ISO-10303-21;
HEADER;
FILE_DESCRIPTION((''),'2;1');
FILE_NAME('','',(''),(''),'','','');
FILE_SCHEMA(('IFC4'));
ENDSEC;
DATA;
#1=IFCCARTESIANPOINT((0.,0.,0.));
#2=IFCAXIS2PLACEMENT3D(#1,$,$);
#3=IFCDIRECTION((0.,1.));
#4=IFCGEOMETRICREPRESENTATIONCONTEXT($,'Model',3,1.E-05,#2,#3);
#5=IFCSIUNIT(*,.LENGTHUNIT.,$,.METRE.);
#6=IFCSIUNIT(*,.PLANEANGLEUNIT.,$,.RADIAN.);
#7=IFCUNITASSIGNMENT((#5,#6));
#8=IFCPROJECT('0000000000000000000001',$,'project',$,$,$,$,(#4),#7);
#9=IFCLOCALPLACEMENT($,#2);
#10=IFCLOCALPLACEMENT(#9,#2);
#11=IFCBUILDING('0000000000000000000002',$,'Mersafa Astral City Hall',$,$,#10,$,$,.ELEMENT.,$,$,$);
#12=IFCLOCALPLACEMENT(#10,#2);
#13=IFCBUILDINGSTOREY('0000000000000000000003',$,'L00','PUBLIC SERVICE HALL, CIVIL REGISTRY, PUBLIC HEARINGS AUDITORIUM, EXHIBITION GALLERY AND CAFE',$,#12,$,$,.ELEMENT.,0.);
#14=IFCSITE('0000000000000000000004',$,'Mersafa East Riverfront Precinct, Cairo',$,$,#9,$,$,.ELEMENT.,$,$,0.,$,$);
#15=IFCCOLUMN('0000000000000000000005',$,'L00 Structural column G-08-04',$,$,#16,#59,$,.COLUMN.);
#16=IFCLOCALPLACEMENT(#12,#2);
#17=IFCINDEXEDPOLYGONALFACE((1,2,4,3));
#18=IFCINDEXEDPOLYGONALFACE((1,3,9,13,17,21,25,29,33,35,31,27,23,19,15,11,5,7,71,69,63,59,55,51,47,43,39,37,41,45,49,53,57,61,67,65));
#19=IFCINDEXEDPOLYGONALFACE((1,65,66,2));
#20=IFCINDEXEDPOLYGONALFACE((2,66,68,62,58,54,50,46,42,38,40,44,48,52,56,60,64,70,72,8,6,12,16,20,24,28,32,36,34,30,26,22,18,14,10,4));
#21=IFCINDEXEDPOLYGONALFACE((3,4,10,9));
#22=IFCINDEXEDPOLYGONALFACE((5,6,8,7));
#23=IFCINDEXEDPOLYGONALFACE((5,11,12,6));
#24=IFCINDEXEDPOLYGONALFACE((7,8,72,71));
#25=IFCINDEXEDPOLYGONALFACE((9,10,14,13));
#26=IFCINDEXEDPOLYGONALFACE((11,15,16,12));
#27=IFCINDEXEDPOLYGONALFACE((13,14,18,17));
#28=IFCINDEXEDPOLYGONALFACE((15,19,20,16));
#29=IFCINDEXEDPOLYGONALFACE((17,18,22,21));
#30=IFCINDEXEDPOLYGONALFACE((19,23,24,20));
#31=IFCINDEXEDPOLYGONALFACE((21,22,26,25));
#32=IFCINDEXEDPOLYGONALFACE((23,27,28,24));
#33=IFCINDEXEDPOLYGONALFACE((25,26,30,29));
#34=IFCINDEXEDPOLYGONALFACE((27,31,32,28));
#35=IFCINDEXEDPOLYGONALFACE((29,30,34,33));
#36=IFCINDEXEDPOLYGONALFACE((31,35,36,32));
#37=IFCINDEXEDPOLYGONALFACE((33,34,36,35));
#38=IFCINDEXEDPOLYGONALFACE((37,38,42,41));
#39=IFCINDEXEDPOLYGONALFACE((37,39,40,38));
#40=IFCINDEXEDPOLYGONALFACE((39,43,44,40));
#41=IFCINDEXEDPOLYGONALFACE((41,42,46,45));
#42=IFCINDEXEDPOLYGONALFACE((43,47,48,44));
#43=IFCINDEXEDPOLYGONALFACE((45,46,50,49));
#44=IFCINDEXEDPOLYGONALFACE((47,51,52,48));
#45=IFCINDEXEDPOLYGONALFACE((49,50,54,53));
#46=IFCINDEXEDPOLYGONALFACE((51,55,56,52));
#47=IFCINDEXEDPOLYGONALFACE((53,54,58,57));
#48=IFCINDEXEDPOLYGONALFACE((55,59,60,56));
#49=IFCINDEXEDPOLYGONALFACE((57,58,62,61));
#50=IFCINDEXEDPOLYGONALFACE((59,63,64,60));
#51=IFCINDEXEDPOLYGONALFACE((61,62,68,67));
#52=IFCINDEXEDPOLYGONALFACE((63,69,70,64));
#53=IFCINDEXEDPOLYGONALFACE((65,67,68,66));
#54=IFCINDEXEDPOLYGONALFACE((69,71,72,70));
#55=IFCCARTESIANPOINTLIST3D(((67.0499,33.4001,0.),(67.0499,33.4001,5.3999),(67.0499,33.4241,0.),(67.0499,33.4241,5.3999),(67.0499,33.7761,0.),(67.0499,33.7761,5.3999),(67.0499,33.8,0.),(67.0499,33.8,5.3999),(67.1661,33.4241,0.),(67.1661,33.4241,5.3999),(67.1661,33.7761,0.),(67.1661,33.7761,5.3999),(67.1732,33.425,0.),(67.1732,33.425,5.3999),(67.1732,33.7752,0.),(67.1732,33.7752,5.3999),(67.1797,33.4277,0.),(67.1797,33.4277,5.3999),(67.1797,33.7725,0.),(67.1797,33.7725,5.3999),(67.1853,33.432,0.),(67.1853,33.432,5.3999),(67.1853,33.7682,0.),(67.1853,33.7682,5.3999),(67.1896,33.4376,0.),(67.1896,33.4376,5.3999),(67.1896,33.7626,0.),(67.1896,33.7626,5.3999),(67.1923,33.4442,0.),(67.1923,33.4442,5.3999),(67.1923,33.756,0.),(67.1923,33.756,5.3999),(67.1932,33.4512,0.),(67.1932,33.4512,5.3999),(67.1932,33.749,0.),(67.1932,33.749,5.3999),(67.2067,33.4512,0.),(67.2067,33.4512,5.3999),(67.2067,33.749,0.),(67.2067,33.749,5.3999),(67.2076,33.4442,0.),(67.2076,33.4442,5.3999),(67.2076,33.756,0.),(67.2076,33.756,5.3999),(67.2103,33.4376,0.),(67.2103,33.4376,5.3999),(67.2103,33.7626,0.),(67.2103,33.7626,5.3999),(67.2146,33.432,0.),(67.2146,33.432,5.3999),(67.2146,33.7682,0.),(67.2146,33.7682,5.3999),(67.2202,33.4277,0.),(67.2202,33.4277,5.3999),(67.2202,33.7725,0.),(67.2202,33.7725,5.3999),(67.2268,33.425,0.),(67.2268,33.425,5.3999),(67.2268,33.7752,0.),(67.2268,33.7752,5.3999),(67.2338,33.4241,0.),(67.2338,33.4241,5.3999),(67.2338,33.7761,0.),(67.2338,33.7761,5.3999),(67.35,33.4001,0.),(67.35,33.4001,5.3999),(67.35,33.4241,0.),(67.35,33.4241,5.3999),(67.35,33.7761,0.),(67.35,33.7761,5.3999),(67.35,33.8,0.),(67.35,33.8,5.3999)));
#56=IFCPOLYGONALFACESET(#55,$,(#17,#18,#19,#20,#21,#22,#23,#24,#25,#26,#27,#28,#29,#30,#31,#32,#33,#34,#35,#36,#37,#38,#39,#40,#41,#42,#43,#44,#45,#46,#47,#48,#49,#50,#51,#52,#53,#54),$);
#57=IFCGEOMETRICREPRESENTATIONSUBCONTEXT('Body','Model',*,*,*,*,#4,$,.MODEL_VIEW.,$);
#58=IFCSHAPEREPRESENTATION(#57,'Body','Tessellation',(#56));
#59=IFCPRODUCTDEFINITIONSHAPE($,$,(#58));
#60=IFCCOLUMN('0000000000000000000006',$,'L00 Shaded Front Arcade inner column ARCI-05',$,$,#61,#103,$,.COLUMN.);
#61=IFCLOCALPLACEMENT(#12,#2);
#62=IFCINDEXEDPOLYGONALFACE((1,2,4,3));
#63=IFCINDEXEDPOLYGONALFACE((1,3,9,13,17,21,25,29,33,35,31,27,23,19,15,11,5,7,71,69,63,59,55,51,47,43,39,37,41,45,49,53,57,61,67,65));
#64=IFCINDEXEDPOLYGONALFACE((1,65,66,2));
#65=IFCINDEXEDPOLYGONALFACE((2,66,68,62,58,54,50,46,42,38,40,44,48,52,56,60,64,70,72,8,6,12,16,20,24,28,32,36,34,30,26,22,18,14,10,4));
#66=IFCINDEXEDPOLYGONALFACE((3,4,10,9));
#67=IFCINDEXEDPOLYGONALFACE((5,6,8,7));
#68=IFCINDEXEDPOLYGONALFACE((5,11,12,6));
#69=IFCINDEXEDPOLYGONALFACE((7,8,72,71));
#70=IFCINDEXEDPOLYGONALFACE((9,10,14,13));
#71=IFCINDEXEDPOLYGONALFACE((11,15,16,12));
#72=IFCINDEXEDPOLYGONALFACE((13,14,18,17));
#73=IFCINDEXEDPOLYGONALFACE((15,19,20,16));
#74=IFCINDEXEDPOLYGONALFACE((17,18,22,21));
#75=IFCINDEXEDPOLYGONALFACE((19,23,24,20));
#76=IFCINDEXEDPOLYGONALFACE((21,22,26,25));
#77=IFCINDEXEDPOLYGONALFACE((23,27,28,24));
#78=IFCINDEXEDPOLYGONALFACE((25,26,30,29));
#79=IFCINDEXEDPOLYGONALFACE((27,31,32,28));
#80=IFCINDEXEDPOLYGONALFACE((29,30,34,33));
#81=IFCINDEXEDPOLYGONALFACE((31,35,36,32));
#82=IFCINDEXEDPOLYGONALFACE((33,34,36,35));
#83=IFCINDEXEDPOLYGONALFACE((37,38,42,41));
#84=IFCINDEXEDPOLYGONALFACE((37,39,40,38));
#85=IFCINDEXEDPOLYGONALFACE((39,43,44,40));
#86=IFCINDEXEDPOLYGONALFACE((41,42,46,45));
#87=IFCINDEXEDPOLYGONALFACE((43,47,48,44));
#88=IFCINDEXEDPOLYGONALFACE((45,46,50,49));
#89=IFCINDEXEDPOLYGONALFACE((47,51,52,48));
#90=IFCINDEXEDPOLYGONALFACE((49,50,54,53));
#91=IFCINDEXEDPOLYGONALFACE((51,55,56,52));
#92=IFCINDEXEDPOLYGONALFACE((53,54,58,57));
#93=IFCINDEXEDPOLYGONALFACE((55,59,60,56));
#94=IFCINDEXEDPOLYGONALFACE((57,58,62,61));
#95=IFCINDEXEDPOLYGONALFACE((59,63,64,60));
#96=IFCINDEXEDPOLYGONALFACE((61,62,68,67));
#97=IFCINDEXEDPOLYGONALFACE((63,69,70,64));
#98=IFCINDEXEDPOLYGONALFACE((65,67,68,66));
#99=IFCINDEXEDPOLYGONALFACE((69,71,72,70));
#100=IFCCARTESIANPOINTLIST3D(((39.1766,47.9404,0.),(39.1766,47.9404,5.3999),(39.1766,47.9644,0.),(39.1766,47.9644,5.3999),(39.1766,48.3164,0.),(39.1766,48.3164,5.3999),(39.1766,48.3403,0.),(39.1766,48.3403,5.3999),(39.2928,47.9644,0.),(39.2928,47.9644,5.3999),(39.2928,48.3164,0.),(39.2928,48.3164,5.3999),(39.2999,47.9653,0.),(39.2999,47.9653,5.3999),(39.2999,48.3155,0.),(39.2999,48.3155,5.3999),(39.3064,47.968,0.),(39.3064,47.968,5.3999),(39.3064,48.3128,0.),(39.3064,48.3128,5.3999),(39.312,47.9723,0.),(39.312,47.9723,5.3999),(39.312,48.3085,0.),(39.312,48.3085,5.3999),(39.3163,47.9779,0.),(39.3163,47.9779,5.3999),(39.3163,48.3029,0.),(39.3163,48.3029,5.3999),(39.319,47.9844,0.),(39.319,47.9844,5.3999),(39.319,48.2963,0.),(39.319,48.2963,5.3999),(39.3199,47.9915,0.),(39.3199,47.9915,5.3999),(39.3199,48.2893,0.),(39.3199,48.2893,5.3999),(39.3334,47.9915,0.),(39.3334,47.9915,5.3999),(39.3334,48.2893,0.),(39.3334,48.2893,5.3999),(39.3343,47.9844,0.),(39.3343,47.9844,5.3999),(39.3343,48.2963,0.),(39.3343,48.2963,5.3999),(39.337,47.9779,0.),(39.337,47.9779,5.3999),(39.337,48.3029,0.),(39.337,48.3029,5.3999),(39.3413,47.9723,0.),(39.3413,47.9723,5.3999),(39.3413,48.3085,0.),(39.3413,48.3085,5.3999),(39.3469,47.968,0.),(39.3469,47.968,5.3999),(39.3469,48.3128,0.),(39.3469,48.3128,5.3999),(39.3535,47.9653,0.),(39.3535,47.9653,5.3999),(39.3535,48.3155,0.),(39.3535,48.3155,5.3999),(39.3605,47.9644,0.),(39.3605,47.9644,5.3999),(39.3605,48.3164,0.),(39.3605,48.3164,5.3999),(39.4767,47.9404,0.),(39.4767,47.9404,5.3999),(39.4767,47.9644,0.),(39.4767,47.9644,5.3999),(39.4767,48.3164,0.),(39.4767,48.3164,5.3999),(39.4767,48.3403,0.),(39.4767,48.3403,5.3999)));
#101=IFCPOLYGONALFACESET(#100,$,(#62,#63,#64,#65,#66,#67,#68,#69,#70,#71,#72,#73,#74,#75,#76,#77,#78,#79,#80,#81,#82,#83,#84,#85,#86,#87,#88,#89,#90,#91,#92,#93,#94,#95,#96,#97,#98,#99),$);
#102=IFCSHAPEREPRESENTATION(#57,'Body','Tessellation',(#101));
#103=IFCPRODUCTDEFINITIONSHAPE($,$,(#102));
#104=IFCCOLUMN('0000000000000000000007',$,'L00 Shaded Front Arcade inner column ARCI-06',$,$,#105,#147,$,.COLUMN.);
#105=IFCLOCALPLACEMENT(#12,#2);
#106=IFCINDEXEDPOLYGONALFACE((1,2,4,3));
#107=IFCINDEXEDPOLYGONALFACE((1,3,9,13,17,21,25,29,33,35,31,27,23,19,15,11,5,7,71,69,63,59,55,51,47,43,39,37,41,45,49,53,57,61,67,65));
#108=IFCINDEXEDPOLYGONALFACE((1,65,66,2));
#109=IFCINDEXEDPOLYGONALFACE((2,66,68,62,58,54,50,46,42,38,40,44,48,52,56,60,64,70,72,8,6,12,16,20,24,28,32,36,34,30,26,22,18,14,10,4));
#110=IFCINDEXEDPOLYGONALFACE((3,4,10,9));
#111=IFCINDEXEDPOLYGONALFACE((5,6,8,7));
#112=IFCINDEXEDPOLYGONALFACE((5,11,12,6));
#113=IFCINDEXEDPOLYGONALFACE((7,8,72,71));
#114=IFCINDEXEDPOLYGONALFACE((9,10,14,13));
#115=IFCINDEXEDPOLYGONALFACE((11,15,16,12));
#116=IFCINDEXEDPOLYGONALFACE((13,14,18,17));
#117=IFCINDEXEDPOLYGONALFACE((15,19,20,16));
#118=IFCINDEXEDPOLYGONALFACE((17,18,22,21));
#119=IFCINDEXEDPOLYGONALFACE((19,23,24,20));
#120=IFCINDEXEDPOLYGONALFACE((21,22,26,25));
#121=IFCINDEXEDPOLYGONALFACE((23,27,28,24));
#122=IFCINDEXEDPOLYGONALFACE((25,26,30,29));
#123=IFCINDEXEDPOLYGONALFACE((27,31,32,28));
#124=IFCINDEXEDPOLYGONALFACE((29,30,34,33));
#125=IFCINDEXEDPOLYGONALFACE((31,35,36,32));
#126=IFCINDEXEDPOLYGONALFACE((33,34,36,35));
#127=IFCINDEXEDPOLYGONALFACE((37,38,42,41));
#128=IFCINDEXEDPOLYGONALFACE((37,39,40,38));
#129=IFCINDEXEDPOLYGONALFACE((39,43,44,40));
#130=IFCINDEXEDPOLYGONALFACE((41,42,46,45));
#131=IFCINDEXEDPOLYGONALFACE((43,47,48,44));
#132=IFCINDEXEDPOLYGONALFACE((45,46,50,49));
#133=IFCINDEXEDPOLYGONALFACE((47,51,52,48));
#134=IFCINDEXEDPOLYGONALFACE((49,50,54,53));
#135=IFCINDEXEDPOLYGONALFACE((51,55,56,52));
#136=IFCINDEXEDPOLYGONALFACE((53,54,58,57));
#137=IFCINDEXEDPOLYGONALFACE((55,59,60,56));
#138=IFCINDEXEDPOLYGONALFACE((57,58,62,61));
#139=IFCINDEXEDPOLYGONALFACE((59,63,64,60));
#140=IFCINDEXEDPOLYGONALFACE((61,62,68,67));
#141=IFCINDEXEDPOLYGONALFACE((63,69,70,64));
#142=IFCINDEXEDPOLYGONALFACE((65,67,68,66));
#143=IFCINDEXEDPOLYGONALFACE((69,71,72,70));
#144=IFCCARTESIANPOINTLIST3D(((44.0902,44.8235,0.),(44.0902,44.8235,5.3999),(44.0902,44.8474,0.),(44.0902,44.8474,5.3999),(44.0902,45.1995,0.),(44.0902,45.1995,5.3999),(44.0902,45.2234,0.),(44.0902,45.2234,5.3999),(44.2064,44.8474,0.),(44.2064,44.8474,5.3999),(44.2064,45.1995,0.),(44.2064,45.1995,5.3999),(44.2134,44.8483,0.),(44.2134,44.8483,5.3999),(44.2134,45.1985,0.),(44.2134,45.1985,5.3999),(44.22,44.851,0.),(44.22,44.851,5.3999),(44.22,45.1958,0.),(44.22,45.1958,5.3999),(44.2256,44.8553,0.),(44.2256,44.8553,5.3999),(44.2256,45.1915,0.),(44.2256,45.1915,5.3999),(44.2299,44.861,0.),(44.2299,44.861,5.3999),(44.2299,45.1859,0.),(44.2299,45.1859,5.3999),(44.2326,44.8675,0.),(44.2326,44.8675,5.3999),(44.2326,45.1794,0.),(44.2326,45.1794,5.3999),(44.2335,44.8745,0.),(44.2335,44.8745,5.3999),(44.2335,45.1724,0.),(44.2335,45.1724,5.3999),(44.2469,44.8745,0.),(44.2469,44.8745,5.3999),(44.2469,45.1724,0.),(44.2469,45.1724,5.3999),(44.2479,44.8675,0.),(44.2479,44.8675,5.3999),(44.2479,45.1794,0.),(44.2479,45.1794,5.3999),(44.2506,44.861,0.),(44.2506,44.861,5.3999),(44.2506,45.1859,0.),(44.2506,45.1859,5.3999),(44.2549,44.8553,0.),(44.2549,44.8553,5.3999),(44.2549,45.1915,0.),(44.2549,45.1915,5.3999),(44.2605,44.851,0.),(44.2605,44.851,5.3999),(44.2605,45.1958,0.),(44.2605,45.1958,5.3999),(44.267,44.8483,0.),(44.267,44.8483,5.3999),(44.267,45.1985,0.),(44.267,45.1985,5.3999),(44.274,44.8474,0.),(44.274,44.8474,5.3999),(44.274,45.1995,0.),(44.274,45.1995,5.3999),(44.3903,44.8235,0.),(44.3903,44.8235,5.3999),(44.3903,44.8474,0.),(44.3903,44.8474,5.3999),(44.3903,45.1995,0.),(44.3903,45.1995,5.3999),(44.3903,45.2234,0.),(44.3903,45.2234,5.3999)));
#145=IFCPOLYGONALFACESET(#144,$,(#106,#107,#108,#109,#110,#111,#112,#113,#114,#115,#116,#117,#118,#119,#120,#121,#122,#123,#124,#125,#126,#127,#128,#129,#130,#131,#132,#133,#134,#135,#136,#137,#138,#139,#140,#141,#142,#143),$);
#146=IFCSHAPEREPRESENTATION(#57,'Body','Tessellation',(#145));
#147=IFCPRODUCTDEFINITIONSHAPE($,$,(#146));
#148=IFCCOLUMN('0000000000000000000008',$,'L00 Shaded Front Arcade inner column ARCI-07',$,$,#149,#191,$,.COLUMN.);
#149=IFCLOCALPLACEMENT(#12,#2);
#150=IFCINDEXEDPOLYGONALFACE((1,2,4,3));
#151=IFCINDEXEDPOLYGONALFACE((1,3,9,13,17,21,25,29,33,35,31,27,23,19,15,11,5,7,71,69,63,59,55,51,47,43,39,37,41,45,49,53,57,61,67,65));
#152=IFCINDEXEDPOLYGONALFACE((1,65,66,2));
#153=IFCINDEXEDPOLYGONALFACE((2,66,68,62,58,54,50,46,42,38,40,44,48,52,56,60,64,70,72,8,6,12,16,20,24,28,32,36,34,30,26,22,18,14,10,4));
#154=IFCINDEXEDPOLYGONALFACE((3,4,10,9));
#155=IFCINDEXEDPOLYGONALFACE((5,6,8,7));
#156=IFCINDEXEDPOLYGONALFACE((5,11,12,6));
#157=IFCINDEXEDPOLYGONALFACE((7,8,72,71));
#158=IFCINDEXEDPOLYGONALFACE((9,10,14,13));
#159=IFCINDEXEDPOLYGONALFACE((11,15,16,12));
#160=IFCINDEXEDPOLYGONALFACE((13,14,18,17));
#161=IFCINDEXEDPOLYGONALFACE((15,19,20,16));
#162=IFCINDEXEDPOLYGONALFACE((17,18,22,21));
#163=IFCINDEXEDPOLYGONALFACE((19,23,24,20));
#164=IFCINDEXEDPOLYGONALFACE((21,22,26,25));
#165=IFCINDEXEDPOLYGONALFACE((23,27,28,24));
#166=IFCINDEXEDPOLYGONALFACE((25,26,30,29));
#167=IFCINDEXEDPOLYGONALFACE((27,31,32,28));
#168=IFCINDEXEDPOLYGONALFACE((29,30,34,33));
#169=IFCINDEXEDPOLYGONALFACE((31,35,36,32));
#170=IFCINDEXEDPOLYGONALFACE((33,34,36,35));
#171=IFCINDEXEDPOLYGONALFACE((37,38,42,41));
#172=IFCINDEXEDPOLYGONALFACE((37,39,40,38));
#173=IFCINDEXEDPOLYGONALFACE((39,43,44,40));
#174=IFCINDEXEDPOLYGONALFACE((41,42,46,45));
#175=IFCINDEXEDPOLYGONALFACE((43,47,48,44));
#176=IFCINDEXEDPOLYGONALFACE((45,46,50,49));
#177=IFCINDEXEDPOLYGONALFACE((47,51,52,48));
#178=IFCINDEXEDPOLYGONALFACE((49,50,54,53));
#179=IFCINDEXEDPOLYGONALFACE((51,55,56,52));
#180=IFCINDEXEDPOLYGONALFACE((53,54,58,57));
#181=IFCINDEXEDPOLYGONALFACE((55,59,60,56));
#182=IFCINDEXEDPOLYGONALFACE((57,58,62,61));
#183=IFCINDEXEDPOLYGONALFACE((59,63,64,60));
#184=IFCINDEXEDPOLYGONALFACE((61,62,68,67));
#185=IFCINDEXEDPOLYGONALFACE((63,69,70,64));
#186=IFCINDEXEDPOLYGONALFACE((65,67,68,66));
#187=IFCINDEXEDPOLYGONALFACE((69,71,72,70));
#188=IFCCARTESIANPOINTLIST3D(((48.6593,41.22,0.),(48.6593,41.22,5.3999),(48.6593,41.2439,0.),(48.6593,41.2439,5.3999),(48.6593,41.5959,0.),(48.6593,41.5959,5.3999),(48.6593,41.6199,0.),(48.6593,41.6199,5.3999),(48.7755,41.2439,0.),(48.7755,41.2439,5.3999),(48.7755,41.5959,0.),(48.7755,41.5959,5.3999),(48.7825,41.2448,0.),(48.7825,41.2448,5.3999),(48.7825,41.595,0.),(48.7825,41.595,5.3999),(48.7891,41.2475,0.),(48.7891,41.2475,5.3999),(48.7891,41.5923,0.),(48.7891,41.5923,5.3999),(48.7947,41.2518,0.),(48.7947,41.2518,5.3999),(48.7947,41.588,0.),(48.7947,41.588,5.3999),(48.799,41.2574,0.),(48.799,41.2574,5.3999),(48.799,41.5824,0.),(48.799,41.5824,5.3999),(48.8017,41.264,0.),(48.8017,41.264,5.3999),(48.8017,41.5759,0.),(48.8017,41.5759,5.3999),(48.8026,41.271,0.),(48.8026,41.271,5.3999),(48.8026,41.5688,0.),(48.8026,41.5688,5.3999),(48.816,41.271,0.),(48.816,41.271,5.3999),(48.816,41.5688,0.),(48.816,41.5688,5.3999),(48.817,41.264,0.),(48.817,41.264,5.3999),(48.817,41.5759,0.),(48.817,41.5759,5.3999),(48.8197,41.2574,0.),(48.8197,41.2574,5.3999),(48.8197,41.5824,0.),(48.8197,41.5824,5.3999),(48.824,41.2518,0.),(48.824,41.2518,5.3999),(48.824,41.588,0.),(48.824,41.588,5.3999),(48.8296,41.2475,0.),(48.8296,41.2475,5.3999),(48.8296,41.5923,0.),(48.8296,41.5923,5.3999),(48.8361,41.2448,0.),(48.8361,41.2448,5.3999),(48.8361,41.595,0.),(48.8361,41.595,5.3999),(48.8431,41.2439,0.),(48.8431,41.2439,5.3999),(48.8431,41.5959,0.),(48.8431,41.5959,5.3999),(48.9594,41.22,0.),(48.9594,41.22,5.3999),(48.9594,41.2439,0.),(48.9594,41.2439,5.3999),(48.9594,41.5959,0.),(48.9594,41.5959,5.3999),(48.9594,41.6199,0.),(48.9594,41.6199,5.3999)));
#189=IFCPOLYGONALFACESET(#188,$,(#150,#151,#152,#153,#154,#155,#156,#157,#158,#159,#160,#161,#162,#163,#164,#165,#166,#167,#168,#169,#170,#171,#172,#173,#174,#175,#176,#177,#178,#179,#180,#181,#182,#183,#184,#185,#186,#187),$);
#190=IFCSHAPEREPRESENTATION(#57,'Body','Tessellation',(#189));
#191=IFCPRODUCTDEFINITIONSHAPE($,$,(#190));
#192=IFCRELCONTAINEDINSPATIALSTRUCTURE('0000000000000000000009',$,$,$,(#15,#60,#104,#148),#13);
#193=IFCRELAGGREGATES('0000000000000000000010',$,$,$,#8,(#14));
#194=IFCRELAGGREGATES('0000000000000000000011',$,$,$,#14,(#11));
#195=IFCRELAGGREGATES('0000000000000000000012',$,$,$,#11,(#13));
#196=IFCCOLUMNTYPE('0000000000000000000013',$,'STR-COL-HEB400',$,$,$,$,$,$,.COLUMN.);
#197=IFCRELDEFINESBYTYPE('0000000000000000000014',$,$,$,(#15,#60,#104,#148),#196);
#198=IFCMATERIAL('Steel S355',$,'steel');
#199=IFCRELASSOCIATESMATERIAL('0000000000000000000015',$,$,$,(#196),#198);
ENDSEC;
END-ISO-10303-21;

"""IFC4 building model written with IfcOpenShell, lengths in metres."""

from ifc_helpers import new_model, si_unit, direction, frame, origin, origin_2d, place, context, subcontext, project, spatial, i_section, extrude, material, material_profile, profile_set, type_object, element, save


model = new_model("IFC4")

# Units and contexts
model_context = context("Model", 3, precision=1e-05, world=origin(), true_north=direction((0.0, 1.0)))
body_context = subcontext(model_context, "Body", "Model", "MODEL_VIEW")
ifc_project = project(units=[si_unit("LENGTHUNIT", "METRE"), si_unit("PLANEANGLEUNIT", "RADIAN")], contexts=[model_context])

# Site, building, storey
site_placement = place(None, origin())
site = spatial("IfcSite", under=ifc_project, at=site_placement, Name="Mersafa East Riverfront Precinct, Cairo", CompositionType="ELEMENT", RefElevation=0.0)
building_placement = place(site_placement, origin())
building = spatial("IfcBuilding", under=site, at=building_placement, Name="Mersafa Astral City Hall", CompositionType="ELEMENT")
storey_placement = place(building_placement, origin())
storey = spatial("IfcBuildingStorey", under=building, at=storey_placement, Name="L00", Description="PUBLIC SERVICE HALL, CIVIL REGISTRY, PUBLIC HEARINGS AUDITORIUM, EXHIBITION GALLERY AND CAFE", CompositionType="ELEMENT", Elevation=0.0)

# Columns
ifc_material_1 = material(Name="Steel S355", Category="steel")
ifc_material_profile_1 = material_profile(ifc_material_1, i_section(OverallWidth=0.3, OverallDepth=0.3999, WebThickness=0.0134, FlangeThickness=0.0239, FilletRadius=0.0271, at=origin_2d()), Name="HEB 400")
ifc_profile_set_1 = profile_set([ifc_material_profile_1], Name="Steel S355")
column_type_1 = type_object("IfcColumnType", Name="STR-COL-HEB400", PredefinedType="COLUMN", material=ifc_profile_set_1)
for number, where, z_axis, x_axis, name in (
    (1, (67.2, 33.6001, 0.0), (0.0, 0.0, 1.0), (1.0, 0.0, 0.0), "L00 Structural column G-08-04"),
    (2, (39.3267, 48.1404, 0.0), (0.0, 0.0, 1.0), (1.0, 0.0, 0.0), "L00 Shaded Front Arcade inner column ARCI-05"),
    (3, (44.2402, 45.0234, 0.0), (0.0, 0.0, 1.0), (1.0, 0.0, 0.0), "L00 Shaded Front Arcade inner column ARCI-06"),
    (4, (48.8093, 41.4199, 0.0), (0.0, 0.0, 1.0), (1.0, 0.0, 0.0), "L00 Shaded Front Arcade inner column ARCI-07"),
):
    element("IfcColumn", number, at=place(storey_placement, frame(where, z_axis=z_axis, x_axis=x_axis)), inside=storey, type_object=column_type_1, Name=name, PredefinedType="COLUMN", context=body_context, shape_type="SweptSolid", body=[
        extrude(i_section(OverallWidth=0.3, OverallDepth=0.3999, WebThickness=0.0134, FlangeThickness=0.0239, FilletRadius=0.0271, at=origin_2d()), origin(), (0.0, 0.0, 1.0), 5.3999),
    ])

save(model, "model.ifc")
